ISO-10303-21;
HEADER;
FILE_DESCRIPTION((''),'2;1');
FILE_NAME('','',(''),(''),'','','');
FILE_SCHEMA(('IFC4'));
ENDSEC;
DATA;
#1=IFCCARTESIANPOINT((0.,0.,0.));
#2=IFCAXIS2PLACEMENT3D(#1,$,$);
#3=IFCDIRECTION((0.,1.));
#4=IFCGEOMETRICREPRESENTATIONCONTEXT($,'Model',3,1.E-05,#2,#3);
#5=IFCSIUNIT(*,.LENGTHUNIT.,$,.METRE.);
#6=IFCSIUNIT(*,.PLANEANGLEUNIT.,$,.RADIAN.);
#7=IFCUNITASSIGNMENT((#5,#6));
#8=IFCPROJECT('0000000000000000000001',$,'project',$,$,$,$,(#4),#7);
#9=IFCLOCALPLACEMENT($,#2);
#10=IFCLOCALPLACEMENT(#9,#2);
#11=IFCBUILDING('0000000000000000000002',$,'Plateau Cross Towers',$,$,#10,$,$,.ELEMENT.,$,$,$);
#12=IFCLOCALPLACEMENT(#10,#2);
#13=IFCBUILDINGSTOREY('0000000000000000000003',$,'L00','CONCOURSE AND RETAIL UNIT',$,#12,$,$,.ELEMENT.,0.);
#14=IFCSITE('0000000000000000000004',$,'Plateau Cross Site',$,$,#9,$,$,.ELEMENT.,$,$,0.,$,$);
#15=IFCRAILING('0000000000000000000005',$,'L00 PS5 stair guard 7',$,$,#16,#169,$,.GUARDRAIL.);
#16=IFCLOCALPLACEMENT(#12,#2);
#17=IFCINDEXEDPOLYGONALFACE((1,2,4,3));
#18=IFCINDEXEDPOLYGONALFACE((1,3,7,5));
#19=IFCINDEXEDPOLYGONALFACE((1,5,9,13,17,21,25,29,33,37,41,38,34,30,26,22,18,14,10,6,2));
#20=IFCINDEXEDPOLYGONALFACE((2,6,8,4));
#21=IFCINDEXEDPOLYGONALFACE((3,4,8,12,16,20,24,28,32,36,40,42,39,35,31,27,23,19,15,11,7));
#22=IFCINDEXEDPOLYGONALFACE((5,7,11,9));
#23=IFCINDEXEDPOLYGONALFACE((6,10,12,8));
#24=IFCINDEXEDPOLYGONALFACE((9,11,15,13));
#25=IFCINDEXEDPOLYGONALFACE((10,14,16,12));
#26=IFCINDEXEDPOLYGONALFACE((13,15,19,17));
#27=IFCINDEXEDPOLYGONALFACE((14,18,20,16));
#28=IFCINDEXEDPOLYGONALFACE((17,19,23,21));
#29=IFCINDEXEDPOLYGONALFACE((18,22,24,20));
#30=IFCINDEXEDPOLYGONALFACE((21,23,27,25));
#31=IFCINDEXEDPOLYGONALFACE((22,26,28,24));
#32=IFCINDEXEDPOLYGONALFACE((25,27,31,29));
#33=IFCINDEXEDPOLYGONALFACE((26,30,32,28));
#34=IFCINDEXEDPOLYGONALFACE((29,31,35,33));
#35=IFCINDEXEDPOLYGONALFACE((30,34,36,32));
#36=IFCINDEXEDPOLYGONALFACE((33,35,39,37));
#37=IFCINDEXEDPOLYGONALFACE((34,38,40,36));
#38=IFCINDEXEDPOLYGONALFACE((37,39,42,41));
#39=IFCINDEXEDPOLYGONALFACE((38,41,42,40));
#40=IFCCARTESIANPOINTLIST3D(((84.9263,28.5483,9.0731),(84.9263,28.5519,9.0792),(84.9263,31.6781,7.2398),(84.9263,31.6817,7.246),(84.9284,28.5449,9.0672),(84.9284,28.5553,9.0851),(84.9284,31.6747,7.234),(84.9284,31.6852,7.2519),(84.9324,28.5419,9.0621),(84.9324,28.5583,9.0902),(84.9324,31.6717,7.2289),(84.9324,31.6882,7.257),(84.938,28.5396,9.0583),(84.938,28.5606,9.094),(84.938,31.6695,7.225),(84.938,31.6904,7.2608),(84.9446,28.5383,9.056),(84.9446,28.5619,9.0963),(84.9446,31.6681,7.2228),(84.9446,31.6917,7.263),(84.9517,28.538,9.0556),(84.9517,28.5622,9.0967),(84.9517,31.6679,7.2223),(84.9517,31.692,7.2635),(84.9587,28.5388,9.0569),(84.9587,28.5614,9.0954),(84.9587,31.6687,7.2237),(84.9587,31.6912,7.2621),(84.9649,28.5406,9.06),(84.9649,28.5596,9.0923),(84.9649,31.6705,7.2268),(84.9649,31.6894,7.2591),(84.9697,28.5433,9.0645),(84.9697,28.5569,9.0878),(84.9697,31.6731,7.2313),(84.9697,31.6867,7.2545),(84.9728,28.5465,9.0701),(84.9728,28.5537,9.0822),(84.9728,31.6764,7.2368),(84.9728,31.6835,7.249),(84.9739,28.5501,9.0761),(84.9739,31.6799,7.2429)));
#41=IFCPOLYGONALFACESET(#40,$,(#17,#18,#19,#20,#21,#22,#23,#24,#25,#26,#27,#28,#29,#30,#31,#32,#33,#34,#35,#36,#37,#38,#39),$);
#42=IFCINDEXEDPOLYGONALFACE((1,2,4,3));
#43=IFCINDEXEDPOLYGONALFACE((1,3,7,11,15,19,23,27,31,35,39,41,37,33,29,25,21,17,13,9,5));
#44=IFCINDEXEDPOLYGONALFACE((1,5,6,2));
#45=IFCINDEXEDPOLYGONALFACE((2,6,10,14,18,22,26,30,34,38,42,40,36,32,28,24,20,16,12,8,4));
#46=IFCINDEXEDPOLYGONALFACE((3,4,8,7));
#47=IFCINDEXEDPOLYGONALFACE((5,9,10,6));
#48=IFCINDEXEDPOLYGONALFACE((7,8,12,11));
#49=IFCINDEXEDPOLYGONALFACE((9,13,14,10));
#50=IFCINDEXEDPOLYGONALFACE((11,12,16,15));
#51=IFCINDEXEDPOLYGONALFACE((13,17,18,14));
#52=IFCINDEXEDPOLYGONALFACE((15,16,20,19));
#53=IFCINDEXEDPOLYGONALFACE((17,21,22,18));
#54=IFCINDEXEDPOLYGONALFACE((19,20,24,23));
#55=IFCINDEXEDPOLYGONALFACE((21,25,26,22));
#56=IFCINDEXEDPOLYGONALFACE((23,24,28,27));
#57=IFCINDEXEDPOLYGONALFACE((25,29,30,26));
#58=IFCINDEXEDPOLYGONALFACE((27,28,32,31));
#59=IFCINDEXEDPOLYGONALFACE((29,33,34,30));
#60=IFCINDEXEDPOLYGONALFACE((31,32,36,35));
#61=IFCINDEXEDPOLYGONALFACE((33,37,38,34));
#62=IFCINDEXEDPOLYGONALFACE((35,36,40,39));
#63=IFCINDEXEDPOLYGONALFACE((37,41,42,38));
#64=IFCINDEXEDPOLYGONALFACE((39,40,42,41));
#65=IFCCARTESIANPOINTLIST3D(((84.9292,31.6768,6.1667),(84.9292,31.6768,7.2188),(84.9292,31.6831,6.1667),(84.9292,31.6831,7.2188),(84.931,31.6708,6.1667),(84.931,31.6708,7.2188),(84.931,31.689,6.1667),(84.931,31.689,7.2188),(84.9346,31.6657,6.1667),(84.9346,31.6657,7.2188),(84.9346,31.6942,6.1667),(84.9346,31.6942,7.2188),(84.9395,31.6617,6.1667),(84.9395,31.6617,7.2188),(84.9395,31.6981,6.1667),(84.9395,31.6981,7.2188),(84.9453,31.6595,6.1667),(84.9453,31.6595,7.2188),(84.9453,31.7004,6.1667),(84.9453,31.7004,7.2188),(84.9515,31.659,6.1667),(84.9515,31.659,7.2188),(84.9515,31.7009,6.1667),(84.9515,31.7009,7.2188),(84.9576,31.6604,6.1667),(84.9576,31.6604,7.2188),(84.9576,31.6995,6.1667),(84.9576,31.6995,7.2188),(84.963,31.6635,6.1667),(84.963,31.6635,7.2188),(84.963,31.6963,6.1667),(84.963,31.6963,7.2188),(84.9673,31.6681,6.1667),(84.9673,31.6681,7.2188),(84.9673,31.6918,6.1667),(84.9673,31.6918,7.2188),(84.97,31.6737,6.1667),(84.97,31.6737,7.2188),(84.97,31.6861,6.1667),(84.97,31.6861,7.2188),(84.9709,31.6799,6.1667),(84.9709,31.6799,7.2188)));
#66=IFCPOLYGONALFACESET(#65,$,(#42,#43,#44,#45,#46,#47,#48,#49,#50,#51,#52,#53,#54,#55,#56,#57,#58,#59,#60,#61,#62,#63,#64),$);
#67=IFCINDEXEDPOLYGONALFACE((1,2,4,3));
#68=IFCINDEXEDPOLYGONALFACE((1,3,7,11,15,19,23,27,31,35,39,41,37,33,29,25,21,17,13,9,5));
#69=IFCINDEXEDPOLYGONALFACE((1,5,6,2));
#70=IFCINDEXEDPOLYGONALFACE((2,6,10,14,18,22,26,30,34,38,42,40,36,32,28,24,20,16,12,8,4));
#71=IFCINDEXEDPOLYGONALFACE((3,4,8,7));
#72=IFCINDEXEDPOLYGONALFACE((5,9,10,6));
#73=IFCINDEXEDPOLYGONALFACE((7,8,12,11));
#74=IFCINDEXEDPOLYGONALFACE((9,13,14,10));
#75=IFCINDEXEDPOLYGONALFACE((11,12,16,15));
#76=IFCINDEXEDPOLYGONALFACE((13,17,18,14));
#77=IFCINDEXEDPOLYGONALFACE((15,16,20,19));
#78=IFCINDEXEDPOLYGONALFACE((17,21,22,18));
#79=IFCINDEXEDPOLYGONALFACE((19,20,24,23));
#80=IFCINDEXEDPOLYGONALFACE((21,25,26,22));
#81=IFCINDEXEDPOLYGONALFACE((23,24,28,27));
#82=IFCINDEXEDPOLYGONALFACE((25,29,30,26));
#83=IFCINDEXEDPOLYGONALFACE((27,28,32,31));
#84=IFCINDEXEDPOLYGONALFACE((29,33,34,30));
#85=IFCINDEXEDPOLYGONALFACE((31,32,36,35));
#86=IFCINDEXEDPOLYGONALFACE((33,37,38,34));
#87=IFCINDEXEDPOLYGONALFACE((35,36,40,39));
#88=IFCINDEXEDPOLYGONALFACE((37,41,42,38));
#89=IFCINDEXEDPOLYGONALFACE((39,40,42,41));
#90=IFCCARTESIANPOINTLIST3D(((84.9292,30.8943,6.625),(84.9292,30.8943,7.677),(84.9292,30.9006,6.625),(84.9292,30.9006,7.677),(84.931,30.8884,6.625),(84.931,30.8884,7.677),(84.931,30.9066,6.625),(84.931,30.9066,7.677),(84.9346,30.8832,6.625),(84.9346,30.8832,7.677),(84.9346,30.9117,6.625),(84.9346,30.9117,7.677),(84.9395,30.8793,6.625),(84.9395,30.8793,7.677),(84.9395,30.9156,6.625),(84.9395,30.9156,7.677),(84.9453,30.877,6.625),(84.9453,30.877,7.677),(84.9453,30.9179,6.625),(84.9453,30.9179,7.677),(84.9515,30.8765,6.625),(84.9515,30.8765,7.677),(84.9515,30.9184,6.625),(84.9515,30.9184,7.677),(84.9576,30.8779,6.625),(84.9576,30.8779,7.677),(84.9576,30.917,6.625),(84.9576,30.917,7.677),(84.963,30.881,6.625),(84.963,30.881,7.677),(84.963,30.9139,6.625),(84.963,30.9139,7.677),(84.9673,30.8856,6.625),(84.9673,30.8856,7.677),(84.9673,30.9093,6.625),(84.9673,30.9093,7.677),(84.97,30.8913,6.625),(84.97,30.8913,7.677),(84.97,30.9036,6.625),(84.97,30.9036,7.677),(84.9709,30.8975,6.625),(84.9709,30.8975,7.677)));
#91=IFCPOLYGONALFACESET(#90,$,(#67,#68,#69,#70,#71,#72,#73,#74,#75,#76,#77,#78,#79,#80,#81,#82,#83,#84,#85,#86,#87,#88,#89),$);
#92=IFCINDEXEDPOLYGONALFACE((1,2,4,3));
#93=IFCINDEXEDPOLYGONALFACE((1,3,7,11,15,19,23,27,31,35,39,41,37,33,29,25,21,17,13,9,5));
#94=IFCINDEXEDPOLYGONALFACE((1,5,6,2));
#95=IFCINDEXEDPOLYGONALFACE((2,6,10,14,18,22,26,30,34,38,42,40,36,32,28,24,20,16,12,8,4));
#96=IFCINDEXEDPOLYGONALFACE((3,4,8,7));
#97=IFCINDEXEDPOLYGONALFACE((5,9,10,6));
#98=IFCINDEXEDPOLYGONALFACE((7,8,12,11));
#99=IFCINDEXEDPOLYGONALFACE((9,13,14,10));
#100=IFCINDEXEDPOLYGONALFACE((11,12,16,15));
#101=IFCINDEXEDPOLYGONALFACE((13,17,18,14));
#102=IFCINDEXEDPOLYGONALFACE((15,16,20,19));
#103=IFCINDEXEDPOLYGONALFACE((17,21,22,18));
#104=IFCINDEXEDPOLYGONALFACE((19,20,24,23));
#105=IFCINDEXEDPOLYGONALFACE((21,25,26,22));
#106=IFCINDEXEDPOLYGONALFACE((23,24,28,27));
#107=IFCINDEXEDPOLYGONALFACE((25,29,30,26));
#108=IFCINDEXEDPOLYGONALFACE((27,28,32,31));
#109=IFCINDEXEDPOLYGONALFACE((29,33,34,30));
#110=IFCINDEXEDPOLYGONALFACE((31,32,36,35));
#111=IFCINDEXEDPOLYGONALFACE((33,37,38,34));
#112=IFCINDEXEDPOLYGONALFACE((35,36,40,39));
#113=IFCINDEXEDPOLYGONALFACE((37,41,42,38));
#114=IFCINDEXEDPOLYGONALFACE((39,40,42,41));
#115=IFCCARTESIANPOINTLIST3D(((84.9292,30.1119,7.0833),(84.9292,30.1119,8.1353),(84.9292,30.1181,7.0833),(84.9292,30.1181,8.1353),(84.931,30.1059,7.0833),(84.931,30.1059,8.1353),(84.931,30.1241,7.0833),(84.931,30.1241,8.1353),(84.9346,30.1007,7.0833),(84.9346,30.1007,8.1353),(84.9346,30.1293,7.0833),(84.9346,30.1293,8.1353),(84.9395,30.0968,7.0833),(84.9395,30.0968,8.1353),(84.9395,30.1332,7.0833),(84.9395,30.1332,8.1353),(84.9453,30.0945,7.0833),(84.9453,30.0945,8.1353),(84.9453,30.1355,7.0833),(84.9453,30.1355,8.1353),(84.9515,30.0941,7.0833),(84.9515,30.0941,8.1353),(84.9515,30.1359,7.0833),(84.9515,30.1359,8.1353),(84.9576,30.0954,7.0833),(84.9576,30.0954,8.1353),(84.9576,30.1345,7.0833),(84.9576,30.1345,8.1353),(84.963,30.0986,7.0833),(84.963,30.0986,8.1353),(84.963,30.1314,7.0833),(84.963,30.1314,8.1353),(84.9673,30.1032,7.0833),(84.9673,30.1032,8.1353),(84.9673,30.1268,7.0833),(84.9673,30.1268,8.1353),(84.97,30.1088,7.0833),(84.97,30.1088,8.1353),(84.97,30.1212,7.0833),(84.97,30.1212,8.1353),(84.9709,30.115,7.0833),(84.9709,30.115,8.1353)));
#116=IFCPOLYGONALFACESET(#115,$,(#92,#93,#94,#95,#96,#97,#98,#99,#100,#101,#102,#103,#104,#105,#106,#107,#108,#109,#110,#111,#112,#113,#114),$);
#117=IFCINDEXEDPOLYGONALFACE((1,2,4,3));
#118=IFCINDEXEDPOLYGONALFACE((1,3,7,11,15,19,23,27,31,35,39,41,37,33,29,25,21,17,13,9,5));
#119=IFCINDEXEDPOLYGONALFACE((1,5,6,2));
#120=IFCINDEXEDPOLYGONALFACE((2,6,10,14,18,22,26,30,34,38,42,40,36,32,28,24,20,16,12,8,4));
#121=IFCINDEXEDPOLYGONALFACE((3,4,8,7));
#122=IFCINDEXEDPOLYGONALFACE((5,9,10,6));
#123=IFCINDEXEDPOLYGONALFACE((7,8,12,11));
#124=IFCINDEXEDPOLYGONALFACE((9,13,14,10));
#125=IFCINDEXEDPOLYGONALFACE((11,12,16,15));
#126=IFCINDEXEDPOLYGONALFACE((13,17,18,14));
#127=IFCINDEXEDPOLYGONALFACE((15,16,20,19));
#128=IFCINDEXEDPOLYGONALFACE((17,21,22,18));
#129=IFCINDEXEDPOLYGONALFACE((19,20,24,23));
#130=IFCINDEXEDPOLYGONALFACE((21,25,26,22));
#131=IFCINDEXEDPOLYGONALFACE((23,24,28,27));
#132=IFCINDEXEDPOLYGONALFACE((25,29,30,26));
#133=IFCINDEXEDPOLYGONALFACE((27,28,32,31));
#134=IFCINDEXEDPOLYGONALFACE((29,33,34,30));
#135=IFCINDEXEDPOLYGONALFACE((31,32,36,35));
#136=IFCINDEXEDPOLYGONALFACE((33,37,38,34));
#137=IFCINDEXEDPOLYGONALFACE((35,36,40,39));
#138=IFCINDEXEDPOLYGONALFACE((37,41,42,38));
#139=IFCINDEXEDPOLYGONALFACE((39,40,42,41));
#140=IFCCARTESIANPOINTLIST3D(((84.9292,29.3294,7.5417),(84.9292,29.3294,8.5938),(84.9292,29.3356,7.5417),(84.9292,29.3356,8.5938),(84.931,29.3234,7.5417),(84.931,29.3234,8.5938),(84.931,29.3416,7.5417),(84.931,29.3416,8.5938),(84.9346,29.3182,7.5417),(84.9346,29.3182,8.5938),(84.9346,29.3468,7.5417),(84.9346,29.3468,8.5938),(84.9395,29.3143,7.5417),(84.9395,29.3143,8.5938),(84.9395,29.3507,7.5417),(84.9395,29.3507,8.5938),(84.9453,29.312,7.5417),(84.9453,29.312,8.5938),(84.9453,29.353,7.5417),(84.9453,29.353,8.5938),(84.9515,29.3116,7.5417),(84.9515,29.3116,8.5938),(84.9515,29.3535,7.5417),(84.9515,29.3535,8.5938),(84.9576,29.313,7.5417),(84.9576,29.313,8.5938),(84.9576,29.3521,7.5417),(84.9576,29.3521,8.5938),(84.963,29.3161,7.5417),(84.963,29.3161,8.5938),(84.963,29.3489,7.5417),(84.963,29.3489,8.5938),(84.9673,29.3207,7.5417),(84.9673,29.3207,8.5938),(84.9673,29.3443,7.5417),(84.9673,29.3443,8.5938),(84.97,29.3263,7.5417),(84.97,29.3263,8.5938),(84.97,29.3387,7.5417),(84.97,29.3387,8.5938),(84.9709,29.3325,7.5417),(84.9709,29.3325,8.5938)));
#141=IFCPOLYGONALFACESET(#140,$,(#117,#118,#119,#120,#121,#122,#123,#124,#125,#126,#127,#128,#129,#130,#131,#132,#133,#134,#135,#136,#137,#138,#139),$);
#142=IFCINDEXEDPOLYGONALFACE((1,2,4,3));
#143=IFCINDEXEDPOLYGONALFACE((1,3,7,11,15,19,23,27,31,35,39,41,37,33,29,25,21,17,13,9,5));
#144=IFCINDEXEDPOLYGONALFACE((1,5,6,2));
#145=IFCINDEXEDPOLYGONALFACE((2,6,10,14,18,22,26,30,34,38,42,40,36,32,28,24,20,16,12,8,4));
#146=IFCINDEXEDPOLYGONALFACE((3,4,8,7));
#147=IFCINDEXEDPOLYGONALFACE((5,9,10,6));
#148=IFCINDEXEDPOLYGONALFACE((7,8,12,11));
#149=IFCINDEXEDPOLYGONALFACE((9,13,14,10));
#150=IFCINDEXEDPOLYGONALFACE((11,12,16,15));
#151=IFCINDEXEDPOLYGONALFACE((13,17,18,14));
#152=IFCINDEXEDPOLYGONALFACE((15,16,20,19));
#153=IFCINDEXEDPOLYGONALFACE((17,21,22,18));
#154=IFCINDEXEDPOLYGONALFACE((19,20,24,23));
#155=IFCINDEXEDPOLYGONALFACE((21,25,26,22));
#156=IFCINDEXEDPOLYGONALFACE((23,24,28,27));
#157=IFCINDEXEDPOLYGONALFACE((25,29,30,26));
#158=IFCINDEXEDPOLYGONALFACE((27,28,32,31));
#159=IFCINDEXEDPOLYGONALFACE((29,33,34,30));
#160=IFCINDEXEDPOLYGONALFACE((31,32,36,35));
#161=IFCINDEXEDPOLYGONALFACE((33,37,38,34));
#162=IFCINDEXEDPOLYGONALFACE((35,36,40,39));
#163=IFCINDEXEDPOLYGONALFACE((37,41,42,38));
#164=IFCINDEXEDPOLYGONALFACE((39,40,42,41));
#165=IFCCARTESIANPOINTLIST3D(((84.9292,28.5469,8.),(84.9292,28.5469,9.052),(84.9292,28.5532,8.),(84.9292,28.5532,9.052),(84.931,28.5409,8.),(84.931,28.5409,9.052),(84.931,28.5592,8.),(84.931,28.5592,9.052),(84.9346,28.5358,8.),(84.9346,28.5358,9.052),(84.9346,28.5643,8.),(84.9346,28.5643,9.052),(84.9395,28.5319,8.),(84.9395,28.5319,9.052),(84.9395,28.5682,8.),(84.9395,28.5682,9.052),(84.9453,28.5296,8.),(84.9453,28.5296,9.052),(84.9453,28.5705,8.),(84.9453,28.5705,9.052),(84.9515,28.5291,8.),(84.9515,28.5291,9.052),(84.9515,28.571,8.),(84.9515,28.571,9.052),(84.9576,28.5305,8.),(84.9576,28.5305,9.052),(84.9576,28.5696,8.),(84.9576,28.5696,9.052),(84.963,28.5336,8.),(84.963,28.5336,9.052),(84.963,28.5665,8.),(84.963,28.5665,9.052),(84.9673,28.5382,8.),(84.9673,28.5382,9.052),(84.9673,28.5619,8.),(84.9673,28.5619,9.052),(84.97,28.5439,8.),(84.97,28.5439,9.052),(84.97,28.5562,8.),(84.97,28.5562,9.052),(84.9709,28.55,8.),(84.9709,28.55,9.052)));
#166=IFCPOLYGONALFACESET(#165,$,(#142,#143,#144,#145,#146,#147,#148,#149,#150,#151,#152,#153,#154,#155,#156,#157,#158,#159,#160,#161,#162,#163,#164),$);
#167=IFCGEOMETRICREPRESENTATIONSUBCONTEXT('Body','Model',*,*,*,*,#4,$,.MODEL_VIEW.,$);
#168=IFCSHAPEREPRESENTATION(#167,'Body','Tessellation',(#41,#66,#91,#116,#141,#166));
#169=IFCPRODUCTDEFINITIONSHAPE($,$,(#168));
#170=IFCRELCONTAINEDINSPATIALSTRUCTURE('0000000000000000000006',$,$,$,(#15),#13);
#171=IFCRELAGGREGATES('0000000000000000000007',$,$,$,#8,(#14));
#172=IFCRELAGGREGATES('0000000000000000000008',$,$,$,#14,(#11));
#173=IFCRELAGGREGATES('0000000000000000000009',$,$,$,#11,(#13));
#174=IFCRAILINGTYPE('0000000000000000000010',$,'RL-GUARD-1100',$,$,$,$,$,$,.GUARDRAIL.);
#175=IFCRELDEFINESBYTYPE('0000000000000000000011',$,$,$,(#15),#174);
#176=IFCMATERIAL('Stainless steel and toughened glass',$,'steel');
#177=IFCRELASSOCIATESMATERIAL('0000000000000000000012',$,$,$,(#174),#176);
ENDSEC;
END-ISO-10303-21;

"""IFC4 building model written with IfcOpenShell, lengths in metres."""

from ifc_helpers import new_model, si_unit, direction, frame, origin, origin_2d, place, context, subcontext, project, spatial, circle, extrude, material, type_object, element, save


model = new_model("IFC4")

# Units and contexts
model_context = context("Model", 3, precision=1e-05, world=origin(), true_north=direction((0.0, 1.0)))
body_context = subcontext(model_context, "Body", "Model", "MODEL_VIEW")
ifc_project = project(units=[si_unit("LENGTHUNIT", "METRE"), si_unit("PLANEANGLEUNIT", "RADIAN")], contexts=[model_context])

# Site, building, storey
site_placement = place(None, origin())
site = spatial("IfcSite", under=ifc_project, at=site_placement, Name="Plateau Cross Site", CompositionType="ELEMENT", RefElevation=0.0)
building_placement = place(site_placement, origin())
building = spatial("IfcBuilding", under=site, at=building_placement, Name="Plateau Cross Towers", CompositionType="ELEMENT")
storey_placement = place(building_placement, origin())
storey = spatial("IfcBuildingStorey", under=building, at=storey_placement, Name="L00", Description="CONCOURSE AND RETAIL UNIT", CompositionType="ELEMENT", Elevation=0.0)

# Railing
ifc_material_1 = material(Name="Stainless steel and toughened glass", Category="steel")
railing_type_1 = type_object("IfcRailingType", Name="RL-GUARD-1100", PredefinedType="GUARDRAIL", material=ifc_material_1)
railing_1_placement = place(storey_placement, frame((84.95, 31.6799, 6.1667)))
element("IfcRailing", 1, at=railing_1_placement, inside=storey, type_object=railing_type_1, Name="L00 PS5 stair guard 7", PredefinedType="GUARDRAIL", context=body_context, shape_type="SweptSolid", body=[
    extrude(circle(Radius=0.0239, at=origin_2d()), frame((0.0, 0.0, 1.0762), z_axis=(0.0, -0.862879, 0.50541), x_axis=(1.0, 0.0, 0.0)), (0.0, 0.0, 1.0), 3.6272),
    extrude(circle(Radius=0.021, at=origin_2d()), origin(), (0.0, 0.0, 1.0), 1.052),
    extrude(circle(Radius=0.021, at=origin_2d()), frame((0.0, -0.7825, 0.4583)), (0.0, 0.0, 1.0), 1.052),
    extrude(circle(Radius=0.021, at=origin_2d()), frame((0.0, -1.5649, 0.9165)), (0.0, 0.0, 1.0), 1.052),
    extrude(circle(Radius=0.021, at=origin_2d()), frame((0.0, -2.3474, 1.375)), (0.0, 0.0, 1.0), 1.052),
    extrude(circle(Radius=0.021, at=origin_2d()), frame((0.0, -3.1299, 1.8333)), (0.0, 0.0, 1.0), 1.052),
])

save(model, "model.ifc")
